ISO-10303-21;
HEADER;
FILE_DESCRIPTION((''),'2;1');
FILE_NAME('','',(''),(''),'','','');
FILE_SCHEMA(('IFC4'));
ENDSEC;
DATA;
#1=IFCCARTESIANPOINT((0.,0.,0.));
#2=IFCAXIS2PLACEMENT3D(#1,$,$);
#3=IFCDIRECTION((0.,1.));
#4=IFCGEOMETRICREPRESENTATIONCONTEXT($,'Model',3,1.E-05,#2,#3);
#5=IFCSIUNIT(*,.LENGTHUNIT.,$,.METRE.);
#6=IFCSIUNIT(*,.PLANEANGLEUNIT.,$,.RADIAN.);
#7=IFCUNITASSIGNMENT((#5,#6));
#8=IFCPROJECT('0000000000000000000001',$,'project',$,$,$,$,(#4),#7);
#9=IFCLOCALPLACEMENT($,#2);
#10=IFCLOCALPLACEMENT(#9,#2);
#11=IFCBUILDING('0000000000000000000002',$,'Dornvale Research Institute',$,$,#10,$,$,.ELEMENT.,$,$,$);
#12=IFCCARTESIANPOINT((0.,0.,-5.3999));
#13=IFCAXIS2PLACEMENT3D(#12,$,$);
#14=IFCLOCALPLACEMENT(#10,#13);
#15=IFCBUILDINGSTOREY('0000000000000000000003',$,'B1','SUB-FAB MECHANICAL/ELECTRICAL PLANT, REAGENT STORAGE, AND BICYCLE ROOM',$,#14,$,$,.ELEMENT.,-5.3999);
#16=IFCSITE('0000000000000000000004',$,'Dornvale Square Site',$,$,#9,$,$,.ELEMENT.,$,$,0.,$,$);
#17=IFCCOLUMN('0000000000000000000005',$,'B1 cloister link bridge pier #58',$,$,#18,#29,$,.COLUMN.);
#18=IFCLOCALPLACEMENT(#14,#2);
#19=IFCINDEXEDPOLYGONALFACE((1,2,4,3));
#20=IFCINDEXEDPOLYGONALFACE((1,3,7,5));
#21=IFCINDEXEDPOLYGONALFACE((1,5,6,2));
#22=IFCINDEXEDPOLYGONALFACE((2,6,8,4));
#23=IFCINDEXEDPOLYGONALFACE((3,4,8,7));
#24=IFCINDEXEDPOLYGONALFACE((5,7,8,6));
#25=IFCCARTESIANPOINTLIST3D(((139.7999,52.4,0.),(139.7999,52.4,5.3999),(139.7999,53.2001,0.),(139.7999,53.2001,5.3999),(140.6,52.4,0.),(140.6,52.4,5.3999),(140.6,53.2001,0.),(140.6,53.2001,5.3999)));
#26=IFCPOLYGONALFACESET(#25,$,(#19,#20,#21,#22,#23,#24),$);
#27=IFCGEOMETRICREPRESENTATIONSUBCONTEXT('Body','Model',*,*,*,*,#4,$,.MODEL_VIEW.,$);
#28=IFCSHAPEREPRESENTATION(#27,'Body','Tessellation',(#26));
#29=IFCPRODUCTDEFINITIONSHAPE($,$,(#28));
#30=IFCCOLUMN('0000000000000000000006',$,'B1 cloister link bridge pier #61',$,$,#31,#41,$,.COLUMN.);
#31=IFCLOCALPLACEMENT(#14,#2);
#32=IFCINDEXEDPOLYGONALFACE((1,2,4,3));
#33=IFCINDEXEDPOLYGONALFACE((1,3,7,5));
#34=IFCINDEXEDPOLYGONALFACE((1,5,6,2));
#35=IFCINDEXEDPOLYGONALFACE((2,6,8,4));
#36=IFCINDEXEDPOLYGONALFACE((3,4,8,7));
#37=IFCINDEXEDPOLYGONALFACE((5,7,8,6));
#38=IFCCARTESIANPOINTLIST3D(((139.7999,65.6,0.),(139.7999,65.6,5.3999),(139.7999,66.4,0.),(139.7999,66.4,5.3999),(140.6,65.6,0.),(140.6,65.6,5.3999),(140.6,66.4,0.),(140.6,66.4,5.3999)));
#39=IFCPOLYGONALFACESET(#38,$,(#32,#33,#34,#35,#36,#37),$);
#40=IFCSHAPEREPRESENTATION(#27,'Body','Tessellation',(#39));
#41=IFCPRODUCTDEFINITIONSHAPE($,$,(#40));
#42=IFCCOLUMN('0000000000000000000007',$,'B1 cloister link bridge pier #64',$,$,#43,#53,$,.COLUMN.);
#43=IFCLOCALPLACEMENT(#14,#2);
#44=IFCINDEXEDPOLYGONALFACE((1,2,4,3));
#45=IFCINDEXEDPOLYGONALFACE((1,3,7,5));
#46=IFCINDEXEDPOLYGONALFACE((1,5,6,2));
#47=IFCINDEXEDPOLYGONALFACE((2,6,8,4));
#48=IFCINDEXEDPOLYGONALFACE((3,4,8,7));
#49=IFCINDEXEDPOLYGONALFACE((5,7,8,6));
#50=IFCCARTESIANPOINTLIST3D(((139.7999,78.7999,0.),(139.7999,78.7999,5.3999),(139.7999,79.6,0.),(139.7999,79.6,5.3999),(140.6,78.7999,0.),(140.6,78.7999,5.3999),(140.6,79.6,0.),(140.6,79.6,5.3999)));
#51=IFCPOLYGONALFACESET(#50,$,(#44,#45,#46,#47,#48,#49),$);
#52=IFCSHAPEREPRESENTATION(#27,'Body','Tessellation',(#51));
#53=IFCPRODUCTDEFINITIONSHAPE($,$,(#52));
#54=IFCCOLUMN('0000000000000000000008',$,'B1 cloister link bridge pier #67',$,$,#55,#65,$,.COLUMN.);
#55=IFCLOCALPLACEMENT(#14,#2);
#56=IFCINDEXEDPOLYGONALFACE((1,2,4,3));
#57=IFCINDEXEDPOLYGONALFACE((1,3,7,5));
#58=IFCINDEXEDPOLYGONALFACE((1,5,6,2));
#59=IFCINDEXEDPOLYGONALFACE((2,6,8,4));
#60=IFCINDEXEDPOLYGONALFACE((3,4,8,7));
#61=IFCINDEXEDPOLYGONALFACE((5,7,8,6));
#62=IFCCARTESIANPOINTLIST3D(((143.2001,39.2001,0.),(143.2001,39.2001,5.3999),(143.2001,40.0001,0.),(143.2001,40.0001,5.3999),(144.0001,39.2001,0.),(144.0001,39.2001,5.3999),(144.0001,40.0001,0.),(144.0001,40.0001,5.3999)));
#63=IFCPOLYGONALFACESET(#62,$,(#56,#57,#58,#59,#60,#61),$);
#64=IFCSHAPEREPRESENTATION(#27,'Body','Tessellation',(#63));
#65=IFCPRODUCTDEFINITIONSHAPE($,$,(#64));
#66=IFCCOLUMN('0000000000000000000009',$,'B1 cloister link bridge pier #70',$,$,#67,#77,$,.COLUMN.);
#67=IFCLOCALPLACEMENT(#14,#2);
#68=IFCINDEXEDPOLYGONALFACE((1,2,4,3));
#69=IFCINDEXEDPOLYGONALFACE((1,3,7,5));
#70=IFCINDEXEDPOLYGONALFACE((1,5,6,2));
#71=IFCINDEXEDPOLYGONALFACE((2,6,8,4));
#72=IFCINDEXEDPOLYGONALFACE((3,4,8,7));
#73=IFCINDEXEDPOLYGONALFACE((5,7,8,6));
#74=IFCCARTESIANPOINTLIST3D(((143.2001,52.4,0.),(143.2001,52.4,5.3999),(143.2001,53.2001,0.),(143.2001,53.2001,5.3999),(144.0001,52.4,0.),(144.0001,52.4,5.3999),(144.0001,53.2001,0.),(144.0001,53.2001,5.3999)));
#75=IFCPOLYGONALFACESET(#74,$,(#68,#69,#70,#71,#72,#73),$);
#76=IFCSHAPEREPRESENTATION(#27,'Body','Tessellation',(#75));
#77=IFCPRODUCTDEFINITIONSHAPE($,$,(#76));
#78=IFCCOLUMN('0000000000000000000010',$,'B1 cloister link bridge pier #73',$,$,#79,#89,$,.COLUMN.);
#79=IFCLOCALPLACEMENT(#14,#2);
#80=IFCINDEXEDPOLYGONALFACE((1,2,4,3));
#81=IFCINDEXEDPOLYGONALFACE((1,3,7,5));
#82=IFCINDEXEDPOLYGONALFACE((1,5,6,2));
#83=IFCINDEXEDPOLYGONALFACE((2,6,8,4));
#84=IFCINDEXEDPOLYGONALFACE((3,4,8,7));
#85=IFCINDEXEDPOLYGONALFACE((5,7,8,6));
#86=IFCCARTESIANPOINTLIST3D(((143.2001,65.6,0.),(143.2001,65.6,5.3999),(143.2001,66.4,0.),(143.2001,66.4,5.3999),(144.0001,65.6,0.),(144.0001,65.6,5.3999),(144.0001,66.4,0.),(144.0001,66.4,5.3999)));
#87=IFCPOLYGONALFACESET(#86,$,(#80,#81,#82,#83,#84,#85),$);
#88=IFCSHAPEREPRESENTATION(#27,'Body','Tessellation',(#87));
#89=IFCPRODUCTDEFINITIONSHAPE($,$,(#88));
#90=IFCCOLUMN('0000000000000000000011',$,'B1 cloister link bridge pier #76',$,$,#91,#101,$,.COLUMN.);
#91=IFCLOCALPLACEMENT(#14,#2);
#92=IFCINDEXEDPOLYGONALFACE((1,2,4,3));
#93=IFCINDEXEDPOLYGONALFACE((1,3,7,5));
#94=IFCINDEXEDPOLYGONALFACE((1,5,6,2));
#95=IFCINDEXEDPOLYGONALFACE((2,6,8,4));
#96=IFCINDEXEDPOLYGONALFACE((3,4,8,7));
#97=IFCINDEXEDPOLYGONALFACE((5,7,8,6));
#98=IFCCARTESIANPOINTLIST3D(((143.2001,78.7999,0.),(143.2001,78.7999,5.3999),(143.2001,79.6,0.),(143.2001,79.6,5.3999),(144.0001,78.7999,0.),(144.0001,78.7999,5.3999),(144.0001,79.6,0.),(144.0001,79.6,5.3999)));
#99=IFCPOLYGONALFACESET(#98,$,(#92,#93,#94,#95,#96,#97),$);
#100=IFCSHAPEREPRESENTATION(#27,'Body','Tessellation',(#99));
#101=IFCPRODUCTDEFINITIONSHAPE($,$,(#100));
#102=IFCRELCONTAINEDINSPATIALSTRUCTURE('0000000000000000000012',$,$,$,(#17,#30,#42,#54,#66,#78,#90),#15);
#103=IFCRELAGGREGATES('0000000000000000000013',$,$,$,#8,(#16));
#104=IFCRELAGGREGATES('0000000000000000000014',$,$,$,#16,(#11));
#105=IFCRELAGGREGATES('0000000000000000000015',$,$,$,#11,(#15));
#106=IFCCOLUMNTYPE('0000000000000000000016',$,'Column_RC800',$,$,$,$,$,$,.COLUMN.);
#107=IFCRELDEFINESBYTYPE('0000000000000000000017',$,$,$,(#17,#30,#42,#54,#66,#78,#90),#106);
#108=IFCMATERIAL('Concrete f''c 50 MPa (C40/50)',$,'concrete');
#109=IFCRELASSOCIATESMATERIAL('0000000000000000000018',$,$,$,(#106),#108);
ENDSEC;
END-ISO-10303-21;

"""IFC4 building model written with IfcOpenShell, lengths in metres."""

from ifc_helpers import new_model, si_unit, direction, frame, origin, origin_2d, place, context, subcontext, project, spatial, rectangle, extrude, material, material_profile, profile_set, type_object, element, save


model = new_model("IFC4")

# Units and contexts
model_context = context("Model", 3, precision=1e-05, world=origin(), true_north=direction((0.0, 1.0)))
body_context = subcontext(model_context, "Body", "Model", "MODEL_VIEW")
ifc_project = project(units=[si_unit("LENGTHUNIT", "METRE"), si_unit("PLANEANGLEUNIT", "RADIAN")], contexts=[model_context])

# Site, building, storey
site_placement = place(None, origin())
site = spatial("IfcSite", under=ifc_project, at=site_placement, Name="Dornvale Square Site", CompositionType="ELEMENT", RefElevation=0.0)
building_placement = place(site_placement, origin())
building = spatial("IfcBuilding", under=site, at=building_placement, Name="Dornvale Research Institute", CompositionType="ELEMENT")
storey_placement = place(building_placement, frame((0.0, 0.0, -5.3999)))
storey = spatial("IfcBuildingStorey", under=building, at=storey_placement, Name="B1", Description="SUB-FAB MECHANICAL/ELECTRICAL PLANT, REAGENT STORAGE, AND BICYCLE ROOM", CompositionType="ELEMENT", Elevation=-5.3999)

# Columns
ifc_material_1 = material(Name="Concrete f'c 50 MPa (C40/50)", Category="concrete")
ifc_material_profile_1 = material_profile(ifc_material_1, rectangle(XDim=0.8, YDim=0.8, at=origin_2d()), Name="RC 800x800")
ifc_profile_set_1 = profile_set([ifc_material_profile_1], Name="Concrete f'c 50 MPa (C40/50)")
column_type = type_object("IfcColumnType", Name="Column_RC800", PredefinedType="COLUMN", material=ifc_profile_set_1)
for number, where, z_axis, x_axis, name in (
    (1, (140.2, 52.8, 0.0), (0.0, 0.0, 1.0), (1.0, 0.0, 0.0), "B1 cloister link bridge pier #58"),
    (2, (140.2, 66.0, 0.0), (0.0, 0.0, 1.0), (1.0, 0.0, 0.0), "B1 cloister link bridge pier #61"),
    (3, (140.2, 79.2, 0.0), (0.0, 0.0, 1.0), (1.0, 0.0, 0.0), "B1 cloister link bridge pier #64"),
    (4, (143.6001, 39.6001, 0.0), (0.0, 0.0, 1.0), (1.0, 0.0, 0.0), "B1 cloister link bridge pier #67"),
    (5, (143.6001, 52.8, 0.0), (0.0, 0.0, 1.0), (1.0, 0.0, 0.0), "B1 cloister link bridge pier #70"),
    (6, (143.6001, 66.0, 0.0), (0.0, 0.0, 1.0), (1.0, 0.0, 0.0), "B1 cloister link bridge pier #73"),
    (7, (143.6001, 79.2, 0.0), (0.0, 0.0, 1.0), (1.0, 0.0, 0.0), "B1 cloister link bridge pier #76"),
):
    element("IfcColumn", number, at=place(storey_placement, frame(where, z_axis=z_axis, x_axis=x_axis)), inside=storey, type_object=column_type, Name=name, PredefinedType="COLUMN", context=body_context, shape_type="SweptSolid", body=[
        extrude(rectangle(XDim=0.8, YDim=0.8, at=origin_2d()), origin(), (0.0, 0.0, 1.0), 5.3999),
    ])

save(model, "model.ifc")
